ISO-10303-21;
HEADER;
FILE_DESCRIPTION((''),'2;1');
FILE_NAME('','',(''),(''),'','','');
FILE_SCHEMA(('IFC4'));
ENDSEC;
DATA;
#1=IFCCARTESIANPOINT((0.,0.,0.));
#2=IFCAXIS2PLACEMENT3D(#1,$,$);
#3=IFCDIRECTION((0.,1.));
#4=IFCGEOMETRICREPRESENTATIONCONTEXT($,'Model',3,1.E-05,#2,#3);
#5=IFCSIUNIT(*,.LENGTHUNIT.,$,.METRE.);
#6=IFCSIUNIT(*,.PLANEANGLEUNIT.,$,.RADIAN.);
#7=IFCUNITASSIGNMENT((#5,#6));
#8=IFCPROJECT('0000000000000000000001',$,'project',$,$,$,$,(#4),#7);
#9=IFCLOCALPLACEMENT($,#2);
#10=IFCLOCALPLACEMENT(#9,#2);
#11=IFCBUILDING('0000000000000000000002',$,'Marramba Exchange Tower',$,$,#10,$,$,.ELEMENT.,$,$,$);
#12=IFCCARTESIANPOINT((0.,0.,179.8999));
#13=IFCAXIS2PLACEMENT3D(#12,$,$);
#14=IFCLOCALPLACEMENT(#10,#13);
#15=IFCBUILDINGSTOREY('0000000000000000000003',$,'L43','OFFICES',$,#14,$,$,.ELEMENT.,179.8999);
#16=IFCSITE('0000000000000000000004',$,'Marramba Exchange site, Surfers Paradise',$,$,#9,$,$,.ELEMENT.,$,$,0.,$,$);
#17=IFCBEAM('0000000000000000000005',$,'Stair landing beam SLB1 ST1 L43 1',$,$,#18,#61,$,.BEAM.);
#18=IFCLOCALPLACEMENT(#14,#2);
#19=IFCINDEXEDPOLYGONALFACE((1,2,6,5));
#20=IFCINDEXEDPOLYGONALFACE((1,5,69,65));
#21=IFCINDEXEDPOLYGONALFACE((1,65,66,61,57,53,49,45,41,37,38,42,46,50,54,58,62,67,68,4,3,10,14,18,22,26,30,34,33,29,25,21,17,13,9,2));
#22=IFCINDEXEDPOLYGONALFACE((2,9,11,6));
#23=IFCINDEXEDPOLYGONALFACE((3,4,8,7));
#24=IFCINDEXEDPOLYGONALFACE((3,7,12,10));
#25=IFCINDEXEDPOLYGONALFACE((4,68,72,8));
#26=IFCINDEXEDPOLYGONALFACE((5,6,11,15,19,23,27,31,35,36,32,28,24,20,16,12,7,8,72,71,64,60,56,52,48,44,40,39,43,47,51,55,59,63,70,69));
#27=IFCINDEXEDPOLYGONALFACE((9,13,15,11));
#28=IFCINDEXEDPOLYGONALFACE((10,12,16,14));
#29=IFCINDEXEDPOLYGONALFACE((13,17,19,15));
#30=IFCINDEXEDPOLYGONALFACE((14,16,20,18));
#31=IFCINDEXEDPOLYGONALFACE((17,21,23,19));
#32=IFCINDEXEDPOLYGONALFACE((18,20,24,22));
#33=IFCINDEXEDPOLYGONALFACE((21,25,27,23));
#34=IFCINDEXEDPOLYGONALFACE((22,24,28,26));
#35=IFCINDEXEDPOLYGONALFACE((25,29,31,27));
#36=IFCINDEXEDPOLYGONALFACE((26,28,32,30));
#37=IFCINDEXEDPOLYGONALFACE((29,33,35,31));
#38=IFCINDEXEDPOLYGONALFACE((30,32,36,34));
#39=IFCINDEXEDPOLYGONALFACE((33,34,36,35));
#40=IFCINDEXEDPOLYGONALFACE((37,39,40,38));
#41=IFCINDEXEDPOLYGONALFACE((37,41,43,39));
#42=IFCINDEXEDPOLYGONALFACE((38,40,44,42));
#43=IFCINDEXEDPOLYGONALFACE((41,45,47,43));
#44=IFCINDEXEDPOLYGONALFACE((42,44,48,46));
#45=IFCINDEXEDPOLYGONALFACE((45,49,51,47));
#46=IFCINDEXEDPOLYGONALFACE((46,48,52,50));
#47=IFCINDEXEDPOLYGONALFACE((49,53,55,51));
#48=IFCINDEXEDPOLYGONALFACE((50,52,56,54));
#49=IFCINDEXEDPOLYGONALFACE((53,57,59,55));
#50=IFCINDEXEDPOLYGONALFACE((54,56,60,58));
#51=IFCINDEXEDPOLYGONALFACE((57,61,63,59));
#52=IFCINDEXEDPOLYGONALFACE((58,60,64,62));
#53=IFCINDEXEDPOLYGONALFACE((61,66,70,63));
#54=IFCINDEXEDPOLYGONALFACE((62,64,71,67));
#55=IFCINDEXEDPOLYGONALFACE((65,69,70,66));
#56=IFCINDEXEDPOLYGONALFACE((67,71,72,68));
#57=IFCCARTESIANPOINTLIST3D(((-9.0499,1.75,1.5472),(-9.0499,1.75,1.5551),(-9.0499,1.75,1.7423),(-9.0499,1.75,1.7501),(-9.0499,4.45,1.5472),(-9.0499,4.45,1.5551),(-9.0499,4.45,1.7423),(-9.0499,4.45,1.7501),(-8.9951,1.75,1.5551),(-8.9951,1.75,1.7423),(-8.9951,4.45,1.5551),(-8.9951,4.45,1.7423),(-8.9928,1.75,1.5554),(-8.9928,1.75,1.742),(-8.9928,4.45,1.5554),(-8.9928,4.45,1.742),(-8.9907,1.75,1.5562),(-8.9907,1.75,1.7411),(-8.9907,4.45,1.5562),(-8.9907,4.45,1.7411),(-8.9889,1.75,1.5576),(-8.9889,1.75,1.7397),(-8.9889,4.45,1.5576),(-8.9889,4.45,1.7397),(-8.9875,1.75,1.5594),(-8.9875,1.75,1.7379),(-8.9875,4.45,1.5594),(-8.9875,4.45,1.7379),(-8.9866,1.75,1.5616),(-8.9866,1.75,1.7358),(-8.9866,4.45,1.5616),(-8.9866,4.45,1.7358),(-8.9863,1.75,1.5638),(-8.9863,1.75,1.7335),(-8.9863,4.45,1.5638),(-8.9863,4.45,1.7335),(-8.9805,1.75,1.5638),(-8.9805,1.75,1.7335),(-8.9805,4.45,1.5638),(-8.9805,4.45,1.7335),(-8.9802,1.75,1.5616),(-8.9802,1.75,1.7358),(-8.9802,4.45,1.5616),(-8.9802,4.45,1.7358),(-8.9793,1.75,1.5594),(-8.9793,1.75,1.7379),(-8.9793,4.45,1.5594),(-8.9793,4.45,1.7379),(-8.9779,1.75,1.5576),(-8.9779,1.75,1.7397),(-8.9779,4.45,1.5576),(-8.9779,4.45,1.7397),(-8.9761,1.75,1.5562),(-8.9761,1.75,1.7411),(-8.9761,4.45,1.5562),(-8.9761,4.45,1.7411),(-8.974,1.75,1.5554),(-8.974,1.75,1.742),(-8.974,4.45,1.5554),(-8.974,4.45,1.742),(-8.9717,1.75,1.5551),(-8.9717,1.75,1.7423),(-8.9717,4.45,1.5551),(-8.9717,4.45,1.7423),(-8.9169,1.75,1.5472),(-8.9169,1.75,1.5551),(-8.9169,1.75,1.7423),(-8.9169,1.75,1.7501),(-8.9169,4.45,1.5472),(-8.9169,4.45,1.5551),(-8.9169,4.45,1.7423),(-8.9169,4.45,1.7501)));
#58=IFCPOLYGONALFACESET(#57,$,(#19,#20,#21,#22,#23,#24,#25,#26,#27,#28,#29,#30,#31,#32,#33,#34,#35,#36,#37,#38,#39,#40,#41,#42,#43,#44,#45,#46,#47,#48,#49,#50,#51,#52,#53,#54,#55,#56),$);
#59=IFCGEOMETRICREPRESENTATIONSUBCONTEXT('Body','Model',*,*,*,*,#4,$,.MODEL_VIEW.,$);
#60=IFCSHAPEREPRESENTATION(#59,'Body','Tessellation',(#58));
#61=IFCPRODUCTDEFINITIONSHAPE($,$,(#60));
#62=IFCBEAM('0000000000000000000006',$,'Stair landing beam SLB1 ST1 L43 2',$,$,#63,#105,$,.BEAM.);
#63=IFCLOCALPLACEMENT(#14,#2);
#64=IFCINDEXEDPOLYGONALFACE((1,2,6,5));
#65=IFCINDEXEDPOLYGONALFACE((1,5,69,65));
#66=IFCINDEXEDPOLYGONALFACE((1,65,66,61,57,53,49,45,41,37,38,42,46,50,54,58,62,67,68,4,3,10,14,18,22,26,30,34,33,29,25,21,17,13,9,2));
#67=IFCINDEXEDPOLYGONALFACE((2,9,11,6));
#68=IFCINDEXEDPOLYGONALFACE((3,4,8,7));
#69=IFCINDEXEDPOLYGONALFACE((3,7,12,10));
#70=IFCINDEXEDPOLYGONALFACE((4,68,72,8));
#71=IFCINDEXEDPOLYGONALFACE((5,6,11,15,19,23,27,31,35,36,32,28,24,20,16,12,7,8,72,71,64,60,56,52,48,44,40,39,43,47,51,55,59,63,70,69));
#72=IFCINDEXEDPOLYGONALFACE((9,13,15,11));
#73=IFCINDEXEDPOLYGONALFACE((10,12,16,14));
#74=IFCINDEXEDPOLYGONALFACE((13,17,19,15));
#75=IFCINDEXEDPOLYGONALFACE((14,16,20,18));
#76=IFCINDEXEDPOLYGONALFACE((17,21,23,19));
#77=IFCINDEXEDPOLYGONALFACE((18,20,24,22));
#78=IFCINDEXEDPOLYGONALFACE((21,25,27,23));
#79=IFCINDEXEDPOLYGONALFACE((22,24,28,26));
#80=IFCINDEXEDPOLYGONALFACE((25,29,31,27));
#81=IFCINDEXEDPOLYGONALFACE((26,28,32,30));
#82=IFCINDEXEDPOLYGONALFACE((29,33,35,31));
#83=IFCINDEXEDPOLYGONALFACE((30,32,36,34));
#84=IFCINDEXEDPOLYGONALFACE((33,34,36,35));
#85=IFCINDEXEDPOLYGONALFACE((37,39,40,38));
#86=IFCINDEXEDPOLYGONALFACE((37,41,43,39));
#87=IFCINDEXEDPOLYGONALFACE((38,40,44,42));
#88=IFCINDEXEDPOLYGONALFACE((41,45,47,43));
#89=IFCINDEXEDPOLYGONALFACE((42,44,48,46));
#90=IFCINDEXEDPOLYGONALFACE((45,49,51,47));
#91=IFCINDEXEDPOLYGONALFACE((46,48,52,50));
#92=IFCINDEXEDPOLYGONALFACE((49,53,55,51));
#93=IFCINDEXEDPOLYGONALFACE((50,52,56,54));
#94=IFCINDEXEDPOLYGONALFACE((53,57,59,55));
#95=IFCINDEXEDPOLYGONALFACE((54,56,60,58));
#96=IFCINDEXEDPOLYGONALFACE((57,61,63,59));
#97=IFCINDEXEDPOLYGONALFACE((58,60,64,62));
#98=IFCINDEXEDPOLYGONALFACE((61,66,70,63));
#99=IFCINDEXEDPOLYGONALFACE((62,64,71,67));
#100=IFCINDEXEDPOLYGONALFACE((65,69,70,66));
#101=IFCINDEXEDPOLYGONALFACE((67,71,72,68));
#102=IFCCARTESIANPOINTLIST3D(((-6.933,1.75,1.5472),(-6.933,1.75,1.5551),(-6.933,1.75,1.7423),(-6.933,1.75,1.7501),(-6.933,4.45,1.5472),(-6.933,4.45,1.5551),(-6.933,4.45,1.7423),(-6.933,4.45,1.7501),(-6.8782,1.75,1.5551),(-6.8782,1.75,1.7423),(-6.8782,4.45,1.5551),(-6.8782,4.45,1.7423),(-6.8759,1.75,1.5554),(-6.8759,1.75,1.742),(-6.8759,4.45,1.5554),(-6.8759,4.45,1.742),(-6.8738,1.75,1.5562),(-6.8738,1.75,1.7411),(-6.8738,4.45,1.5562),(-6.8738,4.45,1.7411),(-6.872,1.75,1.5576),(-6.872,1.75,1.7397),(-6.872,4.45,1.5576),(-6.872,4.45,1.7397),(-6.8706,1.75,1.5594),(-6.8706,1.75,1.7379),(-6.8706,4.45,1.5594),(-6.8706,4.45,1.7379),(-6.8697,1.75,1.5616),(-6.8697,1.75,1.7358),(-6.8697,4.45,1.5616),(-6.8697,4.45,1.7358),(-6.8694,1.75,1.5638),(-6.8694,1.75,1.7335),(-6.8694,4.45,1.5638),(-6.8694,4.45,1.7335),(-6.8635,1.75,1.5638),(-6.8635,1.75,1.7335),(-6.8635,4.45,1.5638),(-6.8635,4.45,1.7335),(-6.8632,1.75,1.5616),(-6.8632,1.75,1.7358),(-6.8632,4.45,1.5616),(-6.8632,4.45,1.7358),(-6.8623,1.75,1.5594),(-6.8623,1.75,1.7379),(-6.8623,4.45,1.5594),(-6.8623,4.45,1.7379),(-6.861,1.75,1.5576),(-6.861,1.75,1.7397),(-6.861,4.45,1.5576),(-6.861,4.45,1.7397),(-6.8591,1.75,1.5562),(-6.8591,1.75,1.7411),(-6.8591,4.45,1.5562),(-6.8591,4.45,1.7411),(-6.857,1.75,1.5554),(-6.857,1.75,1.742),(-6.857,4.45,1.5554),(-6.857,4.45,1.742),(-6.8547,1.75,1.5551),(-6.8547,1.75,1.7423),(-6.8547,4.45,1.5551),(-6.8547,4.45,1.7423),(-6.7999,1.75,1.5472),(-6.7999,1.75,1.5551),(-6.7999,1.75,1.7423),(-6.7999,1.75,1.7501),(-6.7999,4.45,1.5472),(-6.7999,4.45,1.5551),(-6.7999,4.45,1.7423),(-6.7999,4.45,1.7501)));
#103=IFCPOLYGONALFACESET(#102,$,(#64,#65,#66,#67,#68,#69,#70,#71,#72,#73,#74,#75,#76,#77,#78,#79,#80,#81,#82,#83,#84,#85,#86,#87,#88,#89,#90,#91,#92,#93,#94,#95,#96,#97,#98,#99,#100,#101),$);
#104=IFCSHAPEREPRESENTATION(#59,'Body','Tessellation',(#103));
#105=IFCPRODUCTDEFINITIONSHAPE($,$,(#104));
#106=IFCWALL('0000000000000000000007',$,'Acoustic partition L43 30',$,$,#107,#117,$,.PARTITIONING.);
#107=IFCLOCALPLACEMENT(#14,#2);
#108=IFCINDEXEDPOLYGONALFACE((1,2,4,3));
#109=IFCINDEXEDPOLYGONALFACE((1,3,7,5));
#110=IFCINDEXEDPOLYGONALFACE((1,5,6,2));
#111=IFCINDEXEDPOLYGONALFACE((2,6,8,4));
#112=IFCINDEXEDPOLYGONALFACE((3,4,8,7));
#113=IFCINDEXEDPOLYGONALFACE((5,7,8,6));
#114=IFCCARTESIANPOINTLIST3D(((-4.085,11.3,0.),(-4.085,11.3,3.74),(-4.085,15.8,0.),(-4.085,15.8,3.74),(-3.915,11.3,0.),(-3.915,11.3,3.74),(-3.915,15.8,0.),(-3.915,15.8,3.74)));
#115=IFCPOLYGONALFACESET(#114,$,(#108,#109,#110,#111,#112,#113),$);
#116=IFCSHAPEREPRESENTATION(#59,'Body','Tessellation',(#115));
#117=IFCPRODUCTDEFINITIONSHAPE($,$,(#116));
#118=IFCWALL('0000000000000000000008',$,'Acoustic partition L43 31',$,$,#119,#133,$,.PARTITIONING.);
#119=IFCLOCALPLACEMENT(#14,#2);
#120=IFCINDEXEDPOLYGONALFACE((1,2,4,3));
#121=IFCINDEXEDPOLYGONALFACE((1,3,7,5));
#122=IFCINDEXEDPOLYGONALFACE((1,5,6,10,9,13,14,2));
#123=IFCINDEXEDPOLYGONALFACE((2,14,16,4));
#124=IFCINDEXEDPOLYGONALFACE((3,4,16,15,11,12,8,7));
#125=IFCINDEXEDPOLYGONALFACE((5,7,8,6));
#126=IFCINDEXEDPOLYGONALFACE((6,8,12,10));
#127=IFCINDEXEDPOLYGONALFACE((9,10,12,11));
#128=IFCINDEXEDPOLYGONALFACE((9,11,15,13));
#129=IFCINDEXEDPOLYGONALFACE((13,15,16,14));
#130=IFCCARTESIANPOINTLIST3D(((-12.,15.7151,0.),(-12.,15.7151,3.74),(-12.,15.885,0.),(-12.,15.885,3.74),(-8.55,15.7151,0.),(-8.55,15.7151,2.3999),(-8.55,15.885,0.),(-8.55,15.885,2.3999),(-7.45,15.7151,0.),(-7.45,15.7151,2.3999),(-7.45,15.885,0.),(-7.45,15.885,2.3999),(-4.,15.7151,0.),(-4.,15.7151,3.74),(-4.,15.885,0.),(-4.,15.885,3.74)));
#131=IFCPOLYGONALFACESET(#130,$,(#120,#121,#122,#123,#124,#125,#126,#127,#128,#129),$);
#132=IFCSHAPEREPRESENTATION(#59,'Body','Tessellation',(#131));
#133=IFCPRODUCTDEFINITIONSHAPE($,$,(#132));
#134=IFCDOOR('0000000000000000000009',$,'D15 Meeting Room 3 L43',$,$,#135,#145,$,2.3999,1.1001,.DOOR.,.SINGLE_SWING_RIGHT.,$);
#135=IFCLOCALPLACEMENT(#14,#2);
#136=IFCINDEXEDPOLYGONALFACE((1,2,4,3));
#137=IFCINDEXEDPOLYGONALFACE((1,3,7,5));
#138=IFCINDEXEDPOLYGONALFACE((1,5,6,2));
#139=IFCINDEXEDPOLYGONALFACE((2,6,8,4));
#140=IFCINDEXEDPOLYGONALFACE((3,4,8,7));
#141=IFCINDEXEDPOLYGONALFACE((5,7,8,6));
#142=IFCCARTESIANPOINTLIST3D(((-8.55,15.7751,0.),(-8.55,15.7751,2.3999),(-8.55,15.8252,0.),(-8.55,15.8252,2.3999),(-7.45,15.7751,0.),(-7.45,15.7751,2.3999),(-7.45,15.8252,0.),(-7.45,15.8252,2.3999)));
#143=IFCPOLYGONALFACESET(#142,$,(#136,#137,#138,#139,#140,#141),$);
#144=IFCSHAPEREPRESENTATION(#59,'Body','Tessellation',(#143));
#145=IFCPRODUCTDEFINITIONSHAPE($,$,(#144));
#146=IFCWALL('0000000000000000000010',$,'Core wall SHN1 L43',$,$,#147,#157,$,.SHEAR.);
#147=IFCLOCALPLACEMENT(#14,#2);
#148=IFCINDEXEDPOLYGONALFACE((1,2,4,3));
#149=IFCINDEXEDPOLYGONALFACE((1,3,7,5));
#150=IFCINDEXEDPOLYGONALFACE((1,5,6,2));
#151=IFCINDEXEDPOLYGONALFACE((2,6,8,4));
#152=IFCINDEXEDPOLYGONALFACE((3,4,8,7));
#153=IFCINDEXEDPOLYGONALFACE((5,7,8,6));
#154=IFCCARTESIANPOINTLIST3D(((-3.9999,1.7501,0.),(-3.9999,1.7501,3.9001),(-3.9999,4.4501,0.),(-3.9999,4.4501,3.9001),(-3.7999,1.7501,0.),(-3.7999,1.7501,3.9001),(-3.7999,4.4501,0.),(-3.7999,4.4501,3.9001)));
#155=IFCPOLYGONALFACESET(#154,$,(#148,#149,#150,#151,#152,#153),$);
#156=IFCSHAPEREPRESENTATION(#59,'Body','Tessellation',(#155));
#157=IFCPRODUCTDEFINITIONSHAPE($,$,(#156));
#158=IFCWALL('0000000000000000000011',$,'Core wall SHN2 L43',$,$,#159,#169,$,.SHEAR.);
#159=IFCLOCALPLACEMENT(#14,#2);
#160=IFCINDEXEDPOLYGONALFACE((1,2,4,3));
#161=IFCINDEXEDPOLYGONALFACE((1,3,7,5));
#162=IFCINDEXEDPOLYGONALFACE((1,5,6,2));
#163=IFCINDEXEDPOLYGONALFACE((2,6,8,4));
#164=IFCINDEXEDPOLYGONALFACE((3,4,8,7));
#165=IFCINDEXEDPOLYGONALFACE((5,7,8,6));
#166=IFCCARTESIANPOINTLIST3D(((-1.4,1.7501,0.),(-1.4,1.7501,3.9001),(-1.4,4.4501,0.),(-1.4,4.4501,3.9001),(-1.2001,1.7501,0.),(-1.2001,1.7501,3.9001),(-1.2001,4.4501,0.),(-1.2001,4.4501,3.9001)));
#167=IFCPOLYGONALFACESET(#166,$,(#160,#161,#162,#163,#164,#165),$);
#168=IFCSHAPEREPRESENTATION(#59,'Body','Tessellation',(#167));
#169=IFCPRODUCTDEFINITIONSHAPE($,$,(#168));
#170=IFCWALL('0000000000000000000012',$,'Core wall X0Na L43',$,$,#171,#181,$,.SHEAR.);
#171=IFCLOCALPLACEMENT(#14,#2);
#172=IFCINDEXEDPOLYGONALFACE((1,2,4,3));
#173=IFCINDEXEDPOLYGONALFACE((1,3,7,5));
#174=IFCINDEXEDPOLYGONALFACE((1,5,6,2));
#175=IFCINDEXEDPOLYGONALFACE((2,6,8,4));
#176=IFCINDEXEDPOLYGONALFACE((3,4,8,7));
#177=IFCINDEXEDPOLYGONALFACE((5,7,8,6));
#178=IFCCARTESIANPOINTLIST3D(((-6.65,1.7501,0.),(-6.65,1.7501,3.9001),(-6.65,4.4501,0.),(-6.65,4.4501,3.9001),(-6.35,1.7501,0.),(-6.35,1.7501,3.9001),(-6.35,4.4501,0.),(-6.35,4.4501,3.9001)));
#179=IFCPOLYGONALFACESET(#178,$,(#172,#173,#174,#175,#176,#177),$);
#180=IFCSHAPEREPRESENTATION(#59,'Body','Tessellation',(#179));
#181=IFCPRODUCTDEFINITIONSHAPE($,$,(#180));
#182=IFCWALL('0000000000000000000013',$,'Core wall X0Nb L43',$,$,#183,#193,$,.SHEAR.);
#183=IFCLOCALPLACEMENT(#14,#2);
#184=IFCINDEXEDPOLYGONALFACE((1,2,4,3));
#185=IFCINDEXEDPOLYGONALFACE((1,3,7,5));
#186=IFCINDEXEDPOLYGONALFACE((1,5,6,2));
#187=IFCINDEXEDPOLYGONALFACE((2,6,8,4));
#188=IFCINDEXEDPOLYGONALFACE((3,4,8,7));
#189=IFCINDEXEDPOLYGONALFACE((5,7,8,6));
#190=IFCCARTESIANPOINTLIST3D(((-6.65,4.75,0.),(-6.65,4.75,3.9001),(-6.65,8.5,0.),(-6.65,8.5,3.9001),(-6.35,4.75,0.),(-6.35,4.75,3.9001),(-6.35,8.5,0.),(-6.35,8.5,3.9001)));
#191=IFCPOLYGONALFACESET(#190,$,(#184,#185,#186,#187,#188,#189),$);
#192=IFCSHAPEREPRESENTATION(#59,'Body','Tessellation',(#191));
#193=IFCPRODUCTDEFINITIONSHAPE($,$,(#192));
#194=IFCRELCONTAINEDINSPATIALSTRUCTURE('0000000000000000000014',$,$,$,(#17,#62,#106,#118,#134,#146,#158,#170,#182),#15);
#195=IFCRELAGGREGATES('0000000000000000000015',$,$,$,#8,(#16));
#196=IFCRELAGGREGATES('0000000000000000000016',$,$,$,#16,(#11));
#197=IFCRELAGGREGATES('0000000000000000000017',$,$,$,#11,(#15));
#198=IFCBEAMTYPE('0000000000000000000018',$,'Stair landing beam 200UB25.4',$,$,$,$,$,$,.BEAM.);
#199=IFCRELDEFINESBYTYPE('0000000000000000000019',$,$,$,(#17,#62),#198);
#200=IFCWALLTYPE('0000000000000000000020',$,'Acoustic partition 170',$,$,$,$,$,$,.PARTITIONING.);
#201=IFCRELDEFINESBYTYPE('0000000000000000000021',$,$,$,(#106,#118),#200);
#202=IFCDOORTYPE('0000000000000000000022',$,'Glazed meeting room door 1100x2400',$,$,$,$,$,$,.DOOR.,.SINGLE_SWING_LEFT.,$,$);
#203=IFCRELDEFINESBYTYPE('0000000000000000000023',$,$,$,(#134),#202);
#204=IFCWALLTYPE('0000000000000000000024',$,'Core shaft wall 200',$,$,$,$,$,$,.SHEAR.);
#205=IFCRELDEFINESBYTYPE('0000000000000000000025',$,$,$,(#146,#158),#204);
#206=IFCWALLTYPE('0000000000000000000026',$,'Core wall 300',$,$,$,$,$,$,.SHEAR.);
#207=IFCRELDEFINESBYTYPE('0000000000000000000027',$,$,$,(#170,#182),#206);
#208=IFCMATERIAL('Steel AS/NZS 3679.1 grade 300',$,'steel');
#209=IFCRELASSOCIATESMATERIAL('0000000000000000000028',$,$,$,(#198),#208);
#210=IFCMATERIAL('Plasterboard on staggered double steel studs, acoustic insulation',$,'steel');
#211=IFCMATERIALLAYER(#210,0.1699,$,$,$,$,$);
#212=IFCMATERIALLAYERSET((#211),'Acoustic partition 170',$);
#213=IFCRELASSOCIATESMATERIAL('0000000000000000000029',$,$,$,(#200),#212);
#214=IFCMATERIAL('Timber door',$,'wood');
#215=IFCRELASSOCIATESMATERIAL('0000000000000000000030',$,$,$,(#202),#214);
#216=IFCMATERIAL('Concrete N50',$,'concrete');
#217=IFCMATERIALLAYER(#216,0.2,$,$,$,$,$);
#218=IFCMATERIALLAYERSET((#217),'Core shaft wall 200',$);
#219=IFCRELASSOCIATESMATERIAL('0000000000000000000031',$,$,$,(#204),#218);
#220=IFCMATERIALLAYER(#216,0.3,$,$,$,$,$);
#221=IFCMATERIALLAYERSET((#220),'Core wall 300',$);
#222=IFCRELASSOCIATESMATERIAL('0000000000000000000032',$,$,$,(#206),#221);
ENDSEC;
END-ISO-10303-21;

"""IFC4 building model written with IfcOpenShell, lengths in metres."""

from ifc_helpers import new_model, si_unit, direction, frame, frame_2d, origin, origin_2d, place, context, subcontext, project, spatial, rectangle, i_section, extrude, material, layer, layer_set, material_profile, profile_set, type_object, element, fill, save


model = new_model("IFC4")

# Units and contexts
model_context = context("Model", 3, precision=1e-05, world=origin(), true_north=direction((0.0, 1.0)))
body_context = subcontext(model_context, "Body", "Model", "MODEL_VIEW")
ifc_project = project(units=[si_unit("LENGTHUNIT", "METRE"), si_unit("PLANEANGLEUNIT", "RADIAN")], contexts=[model_context])

# Site, building, storey
site_placement = place(None, origin())
site = spatial("IfcSite", under=ifc_project, at=site_placement, Name="Marramba Exchange site, Surfers Paradise", CompositionType="ELEMENT", RefElevation=0.0)
building_placement = place(site_placement, origin())
building = spatial("IfcBuilding", under=site, at=building_placement, Name="Marramba Exchange Tower", CompositionType="ELEMENT")
storey_placement = place(building_placement, frame((0.0, 0.0, 179.8999)))
storey = spatial("IfcBuildingStorey", under=building, at=storey_placement, Name="L43", Description="OFFICES", CompositionType="ELEMENT", Elevation=179.8999)

# Shared definitions
ifc_material_1 = material(Name="Concrete N50", Category="concrete")

# Beams
ifc_material_2 = material(Name="Steel AS/NZS 3679.1 grade 300", Category="steel")
ifc_material_profile_1 = material_profile(ifc_material_2, i_section(OverallWidth=0.1331, OverallDepth=0.2029, WebThickness=0.0059, FlangeThickness=0.0078, FilletRadius=0.0088, at=origin_2d()), Name="200UB25.4")
ifc_profile_set_1 = profile_set([ifc_material_profile_1], Name="Steel AS/NZS 3679.1 grade 300")
beam_type_1 = type_object("IfcBeamType", Name="Stair landing beam 200UB25.4", PredefinedType="BEAM", material=ifc_profile_set_1)
for number, where, z_axis, x_axis, name in (
    (1, (-8.9834, 1.75, 1.6487), (0.0, 1.0, 0.0), (-1.0, 0.0, 0.0), "Stair landing beam SLB1 ST1 L43 1"),
    (2, (-6.8665, 1.75, 1.6487), (0.0, 1.0, 0.0), (-1.0, 0.0, 0.0), "Stair landing beam SLB1 ST1 L43 2"),
):
    element("IfcBeam", number, at=place(storey_placement, frame(where, z_axis=z_axis, x_axis=x_axis)), inside=storey, type_object=beam_type_1, Name=name, PredefinedType="BEAM", context=body_context, shape_type="SweptSolid", body=[
        extrude(i_section(OverallWidth=0.1331, OverallDepth=0.2029, WebThickness=0.0059, FlangeThickness=0.0078, FilletRadius=0.0088, at=origin_2d()), origin(), (0.0, 0.0, 1.0), 2.7),
    ])

# Wall
ifc_material_3 = material(Name="Plasterboard on staggered double steel studs, acoustic insulation", Category="steel")
ifc_layer_1 = layer(ifc_material_3, 0.1699)
ifc_layer_set_1 = layer_set([ifc_layer_1], Name="Acoustic partition 170")
wall_type_1 = type_object("IfcWallType", Name="Acoustic partition 170", PredefinedType="PARTITIONING", material=ifc_layer_set_1)
wall_1_placement = place(storey_placement, frame((-4.0, 11.3, 0.0), z_axis=(0.0, 0.0, 1.0), x_axis=(0.0, 1.0, 0.0)))
element("IfcWall", 3, at=wall_1_placement, inside=storey, type_object=wall_type_1, Name="Acoustic partition L43 30", PredefinedType="PARTITIONING", context=body_context, shape_type="SweptSolid", body=[
    extrude(rectangle(XDim=4.5, YDim=0.1699, at=frame_2d((2.25, 0.0))), origin(), (0.0, 0.0, 1.0), 3.74),
])

# Wall, opening, door
wall_2_placement = place(storey_placement, frame((-4.0, 15.8, 0.0), z_axis=(0.0, 0.0, 1.0), x_axis=(-1.0, 0.0, 0.0)))
wall_2 = element("IfcWall", 4, at=wall_2_placement, inside=storey, type_object=wall_type_1, Name="Acoustic partition L43 31", PredefinedType="PARTITIONING", context=body_context, shape_type="SweptSolid", body=[
    extrude(rectangle(XDim=8.0, YDim=0.1699, at=frame_2d((4.0, 0.0))), origin(), (0.0, 0.0, 1.0), 3.74),
])
opening_1_placement = place(wall_2_placement, frame((3.45, 0.0, 0.0)))
opening_1 = element("IfcOpeningElement", 5, at=opening_1_placement, cuts=wall_2, PredefinedType="OPENING", context=body_context, shape_type="SweptSolid", body=[
    extrude(rectangle(XDim=1.1001, YDim=2.3999, at=frame_2d((0.55, 1.2))), frame((0.0, 0.095, 0.0), z_axis=(0.0, -1.0, 0.0), x_axis=(1.0, 0.0, 0.0)), (0.0, 0.0, 1.0), 0.1899),
])
ifc_material_4 = material(Name="Timber door", Category="wood")
door_type_1 = type_object("IfcDoorType", Name="Glazed meeting room door 1100x2400", OperationType="SINGLE_SWING_LEFT", PredefinedType="DOOR", material=ifc_material_4)
door_1_placement = place(opening_1_placement, origin())
door_1 = element("IfcDoor", 6, at=door_1_placement, inside=storey, type_object=door_type_1, Name="D15 Meeting Room 3 L43", OperationType="SINGLE_SWING_RIGHT", OverallHeight=2.3999, OverallWidth=1.1001, PredefinedType="DOOR", context=body_context, shape_type="SweptSolid", body=[
    extrude(rectangle(XDim=1.1001, YDim=2.3999, at=frame_2d((0.55, 1.2))), frame((0.0, 0.0249, 0.0), z_axis=(0.0, -1.0, 0.0), x_axis=(1.0, 0.0, 0.0)), (0.0, 0.0, 1.0), 0.05),
])
fill(opening_1, door_1)

# Walls
ifc_layer_2 = layer(ifc_material_1, 0.2)
ifc_layer_set_2 = layer_set([ifc_layer_2], Name="Core shaft wall 200")
wall_type_2 = type_object("IfcWallType", Name="Core shaft wall 200", PredefinedType="SHEAR", material=ifc_layer_set_2)
for number, where, z_axis, x_axis, name in (
    (7, (-3.8999, 1.75, 0.0), (0.0, 0.0, 1.0), (0.0, 1.0, 0.0), "Core wall SHN1 L43"),
    (8, (-1.3, 1.75, 0.0), (0.0, 0.0, 1.0), (0.0, 1.0, 0.0), "Core wall SHN2 L43"),
):
    element("IfcWall", number, at=place(storey_placement, frame(where, z_axis=z_axis, x_axis=x_axis)), inside=storey, type_object=wall_type_2, Name=name, PredefinedType="SHEAR", context=body_context, shape_type="SweptSolid", body=[
        extrude(rectangle(XDim=2.7, YDim=0.2, at=frame_2d((1.3501, 0.0))), origin(), (0.0, 0.0, 1.0), 3.9001),
    ])
ifc_layer_3 = layer(ifc_material_1, 0.3)
ifc_layer_set_3 = layer_set([ifc_layer_3], Name="Core wall 300")
wall_type_3 = type_object("IfcWallType", Name="Core wall 300", PredefinedType="SHEAR", material=ifc_layer_set_3)
wall_3_placement = place(storey_placement, frame((-6.5, 1.75, 0.0), z_axis=(0.0, 0.0, 1.0), x_axis=(0.0, 1.0, 0.0)))
element("IfcWall", 9, at=wall_3_placement, inside=storey, type_object=wall_type_3, Name="Core wall X0Na L43", PredefinedType="SHEAR", context=body_context, shape_type="SweptSolid", body=[
    extrude(rectangle(XDim=2.7, YDim=0.3, at=frame_2d((1.3501, 0.0))), origin(), (0.0, 0.0, 1.0), 3.9001),
])
for number, where, z_axis, x_axis, name in (
    (10, (-6.5, 4.75, 0.0), (0.0, 0.0, 1.0), (0.0, 1.0, 0.0), "Core wall X0Nb L43"),
):
    element("IfcWall", number, at=place(storey_placement, frame(where, z_axis=z_axis, x_axis=x_axis)), inside=storey, type_object=wall_type_3, Name=name, PredefinedType="SHEAR", context=body_context, shape_type="SweptSolid", body=[
        extrude(rectangle(XDim=3.75, YDim=0.3, at=frame_2d((1.875, 0.0))), origin(), (0.0, 0.0, 1.0), 3.9001),
    ])

save(model, "model.ifc")
